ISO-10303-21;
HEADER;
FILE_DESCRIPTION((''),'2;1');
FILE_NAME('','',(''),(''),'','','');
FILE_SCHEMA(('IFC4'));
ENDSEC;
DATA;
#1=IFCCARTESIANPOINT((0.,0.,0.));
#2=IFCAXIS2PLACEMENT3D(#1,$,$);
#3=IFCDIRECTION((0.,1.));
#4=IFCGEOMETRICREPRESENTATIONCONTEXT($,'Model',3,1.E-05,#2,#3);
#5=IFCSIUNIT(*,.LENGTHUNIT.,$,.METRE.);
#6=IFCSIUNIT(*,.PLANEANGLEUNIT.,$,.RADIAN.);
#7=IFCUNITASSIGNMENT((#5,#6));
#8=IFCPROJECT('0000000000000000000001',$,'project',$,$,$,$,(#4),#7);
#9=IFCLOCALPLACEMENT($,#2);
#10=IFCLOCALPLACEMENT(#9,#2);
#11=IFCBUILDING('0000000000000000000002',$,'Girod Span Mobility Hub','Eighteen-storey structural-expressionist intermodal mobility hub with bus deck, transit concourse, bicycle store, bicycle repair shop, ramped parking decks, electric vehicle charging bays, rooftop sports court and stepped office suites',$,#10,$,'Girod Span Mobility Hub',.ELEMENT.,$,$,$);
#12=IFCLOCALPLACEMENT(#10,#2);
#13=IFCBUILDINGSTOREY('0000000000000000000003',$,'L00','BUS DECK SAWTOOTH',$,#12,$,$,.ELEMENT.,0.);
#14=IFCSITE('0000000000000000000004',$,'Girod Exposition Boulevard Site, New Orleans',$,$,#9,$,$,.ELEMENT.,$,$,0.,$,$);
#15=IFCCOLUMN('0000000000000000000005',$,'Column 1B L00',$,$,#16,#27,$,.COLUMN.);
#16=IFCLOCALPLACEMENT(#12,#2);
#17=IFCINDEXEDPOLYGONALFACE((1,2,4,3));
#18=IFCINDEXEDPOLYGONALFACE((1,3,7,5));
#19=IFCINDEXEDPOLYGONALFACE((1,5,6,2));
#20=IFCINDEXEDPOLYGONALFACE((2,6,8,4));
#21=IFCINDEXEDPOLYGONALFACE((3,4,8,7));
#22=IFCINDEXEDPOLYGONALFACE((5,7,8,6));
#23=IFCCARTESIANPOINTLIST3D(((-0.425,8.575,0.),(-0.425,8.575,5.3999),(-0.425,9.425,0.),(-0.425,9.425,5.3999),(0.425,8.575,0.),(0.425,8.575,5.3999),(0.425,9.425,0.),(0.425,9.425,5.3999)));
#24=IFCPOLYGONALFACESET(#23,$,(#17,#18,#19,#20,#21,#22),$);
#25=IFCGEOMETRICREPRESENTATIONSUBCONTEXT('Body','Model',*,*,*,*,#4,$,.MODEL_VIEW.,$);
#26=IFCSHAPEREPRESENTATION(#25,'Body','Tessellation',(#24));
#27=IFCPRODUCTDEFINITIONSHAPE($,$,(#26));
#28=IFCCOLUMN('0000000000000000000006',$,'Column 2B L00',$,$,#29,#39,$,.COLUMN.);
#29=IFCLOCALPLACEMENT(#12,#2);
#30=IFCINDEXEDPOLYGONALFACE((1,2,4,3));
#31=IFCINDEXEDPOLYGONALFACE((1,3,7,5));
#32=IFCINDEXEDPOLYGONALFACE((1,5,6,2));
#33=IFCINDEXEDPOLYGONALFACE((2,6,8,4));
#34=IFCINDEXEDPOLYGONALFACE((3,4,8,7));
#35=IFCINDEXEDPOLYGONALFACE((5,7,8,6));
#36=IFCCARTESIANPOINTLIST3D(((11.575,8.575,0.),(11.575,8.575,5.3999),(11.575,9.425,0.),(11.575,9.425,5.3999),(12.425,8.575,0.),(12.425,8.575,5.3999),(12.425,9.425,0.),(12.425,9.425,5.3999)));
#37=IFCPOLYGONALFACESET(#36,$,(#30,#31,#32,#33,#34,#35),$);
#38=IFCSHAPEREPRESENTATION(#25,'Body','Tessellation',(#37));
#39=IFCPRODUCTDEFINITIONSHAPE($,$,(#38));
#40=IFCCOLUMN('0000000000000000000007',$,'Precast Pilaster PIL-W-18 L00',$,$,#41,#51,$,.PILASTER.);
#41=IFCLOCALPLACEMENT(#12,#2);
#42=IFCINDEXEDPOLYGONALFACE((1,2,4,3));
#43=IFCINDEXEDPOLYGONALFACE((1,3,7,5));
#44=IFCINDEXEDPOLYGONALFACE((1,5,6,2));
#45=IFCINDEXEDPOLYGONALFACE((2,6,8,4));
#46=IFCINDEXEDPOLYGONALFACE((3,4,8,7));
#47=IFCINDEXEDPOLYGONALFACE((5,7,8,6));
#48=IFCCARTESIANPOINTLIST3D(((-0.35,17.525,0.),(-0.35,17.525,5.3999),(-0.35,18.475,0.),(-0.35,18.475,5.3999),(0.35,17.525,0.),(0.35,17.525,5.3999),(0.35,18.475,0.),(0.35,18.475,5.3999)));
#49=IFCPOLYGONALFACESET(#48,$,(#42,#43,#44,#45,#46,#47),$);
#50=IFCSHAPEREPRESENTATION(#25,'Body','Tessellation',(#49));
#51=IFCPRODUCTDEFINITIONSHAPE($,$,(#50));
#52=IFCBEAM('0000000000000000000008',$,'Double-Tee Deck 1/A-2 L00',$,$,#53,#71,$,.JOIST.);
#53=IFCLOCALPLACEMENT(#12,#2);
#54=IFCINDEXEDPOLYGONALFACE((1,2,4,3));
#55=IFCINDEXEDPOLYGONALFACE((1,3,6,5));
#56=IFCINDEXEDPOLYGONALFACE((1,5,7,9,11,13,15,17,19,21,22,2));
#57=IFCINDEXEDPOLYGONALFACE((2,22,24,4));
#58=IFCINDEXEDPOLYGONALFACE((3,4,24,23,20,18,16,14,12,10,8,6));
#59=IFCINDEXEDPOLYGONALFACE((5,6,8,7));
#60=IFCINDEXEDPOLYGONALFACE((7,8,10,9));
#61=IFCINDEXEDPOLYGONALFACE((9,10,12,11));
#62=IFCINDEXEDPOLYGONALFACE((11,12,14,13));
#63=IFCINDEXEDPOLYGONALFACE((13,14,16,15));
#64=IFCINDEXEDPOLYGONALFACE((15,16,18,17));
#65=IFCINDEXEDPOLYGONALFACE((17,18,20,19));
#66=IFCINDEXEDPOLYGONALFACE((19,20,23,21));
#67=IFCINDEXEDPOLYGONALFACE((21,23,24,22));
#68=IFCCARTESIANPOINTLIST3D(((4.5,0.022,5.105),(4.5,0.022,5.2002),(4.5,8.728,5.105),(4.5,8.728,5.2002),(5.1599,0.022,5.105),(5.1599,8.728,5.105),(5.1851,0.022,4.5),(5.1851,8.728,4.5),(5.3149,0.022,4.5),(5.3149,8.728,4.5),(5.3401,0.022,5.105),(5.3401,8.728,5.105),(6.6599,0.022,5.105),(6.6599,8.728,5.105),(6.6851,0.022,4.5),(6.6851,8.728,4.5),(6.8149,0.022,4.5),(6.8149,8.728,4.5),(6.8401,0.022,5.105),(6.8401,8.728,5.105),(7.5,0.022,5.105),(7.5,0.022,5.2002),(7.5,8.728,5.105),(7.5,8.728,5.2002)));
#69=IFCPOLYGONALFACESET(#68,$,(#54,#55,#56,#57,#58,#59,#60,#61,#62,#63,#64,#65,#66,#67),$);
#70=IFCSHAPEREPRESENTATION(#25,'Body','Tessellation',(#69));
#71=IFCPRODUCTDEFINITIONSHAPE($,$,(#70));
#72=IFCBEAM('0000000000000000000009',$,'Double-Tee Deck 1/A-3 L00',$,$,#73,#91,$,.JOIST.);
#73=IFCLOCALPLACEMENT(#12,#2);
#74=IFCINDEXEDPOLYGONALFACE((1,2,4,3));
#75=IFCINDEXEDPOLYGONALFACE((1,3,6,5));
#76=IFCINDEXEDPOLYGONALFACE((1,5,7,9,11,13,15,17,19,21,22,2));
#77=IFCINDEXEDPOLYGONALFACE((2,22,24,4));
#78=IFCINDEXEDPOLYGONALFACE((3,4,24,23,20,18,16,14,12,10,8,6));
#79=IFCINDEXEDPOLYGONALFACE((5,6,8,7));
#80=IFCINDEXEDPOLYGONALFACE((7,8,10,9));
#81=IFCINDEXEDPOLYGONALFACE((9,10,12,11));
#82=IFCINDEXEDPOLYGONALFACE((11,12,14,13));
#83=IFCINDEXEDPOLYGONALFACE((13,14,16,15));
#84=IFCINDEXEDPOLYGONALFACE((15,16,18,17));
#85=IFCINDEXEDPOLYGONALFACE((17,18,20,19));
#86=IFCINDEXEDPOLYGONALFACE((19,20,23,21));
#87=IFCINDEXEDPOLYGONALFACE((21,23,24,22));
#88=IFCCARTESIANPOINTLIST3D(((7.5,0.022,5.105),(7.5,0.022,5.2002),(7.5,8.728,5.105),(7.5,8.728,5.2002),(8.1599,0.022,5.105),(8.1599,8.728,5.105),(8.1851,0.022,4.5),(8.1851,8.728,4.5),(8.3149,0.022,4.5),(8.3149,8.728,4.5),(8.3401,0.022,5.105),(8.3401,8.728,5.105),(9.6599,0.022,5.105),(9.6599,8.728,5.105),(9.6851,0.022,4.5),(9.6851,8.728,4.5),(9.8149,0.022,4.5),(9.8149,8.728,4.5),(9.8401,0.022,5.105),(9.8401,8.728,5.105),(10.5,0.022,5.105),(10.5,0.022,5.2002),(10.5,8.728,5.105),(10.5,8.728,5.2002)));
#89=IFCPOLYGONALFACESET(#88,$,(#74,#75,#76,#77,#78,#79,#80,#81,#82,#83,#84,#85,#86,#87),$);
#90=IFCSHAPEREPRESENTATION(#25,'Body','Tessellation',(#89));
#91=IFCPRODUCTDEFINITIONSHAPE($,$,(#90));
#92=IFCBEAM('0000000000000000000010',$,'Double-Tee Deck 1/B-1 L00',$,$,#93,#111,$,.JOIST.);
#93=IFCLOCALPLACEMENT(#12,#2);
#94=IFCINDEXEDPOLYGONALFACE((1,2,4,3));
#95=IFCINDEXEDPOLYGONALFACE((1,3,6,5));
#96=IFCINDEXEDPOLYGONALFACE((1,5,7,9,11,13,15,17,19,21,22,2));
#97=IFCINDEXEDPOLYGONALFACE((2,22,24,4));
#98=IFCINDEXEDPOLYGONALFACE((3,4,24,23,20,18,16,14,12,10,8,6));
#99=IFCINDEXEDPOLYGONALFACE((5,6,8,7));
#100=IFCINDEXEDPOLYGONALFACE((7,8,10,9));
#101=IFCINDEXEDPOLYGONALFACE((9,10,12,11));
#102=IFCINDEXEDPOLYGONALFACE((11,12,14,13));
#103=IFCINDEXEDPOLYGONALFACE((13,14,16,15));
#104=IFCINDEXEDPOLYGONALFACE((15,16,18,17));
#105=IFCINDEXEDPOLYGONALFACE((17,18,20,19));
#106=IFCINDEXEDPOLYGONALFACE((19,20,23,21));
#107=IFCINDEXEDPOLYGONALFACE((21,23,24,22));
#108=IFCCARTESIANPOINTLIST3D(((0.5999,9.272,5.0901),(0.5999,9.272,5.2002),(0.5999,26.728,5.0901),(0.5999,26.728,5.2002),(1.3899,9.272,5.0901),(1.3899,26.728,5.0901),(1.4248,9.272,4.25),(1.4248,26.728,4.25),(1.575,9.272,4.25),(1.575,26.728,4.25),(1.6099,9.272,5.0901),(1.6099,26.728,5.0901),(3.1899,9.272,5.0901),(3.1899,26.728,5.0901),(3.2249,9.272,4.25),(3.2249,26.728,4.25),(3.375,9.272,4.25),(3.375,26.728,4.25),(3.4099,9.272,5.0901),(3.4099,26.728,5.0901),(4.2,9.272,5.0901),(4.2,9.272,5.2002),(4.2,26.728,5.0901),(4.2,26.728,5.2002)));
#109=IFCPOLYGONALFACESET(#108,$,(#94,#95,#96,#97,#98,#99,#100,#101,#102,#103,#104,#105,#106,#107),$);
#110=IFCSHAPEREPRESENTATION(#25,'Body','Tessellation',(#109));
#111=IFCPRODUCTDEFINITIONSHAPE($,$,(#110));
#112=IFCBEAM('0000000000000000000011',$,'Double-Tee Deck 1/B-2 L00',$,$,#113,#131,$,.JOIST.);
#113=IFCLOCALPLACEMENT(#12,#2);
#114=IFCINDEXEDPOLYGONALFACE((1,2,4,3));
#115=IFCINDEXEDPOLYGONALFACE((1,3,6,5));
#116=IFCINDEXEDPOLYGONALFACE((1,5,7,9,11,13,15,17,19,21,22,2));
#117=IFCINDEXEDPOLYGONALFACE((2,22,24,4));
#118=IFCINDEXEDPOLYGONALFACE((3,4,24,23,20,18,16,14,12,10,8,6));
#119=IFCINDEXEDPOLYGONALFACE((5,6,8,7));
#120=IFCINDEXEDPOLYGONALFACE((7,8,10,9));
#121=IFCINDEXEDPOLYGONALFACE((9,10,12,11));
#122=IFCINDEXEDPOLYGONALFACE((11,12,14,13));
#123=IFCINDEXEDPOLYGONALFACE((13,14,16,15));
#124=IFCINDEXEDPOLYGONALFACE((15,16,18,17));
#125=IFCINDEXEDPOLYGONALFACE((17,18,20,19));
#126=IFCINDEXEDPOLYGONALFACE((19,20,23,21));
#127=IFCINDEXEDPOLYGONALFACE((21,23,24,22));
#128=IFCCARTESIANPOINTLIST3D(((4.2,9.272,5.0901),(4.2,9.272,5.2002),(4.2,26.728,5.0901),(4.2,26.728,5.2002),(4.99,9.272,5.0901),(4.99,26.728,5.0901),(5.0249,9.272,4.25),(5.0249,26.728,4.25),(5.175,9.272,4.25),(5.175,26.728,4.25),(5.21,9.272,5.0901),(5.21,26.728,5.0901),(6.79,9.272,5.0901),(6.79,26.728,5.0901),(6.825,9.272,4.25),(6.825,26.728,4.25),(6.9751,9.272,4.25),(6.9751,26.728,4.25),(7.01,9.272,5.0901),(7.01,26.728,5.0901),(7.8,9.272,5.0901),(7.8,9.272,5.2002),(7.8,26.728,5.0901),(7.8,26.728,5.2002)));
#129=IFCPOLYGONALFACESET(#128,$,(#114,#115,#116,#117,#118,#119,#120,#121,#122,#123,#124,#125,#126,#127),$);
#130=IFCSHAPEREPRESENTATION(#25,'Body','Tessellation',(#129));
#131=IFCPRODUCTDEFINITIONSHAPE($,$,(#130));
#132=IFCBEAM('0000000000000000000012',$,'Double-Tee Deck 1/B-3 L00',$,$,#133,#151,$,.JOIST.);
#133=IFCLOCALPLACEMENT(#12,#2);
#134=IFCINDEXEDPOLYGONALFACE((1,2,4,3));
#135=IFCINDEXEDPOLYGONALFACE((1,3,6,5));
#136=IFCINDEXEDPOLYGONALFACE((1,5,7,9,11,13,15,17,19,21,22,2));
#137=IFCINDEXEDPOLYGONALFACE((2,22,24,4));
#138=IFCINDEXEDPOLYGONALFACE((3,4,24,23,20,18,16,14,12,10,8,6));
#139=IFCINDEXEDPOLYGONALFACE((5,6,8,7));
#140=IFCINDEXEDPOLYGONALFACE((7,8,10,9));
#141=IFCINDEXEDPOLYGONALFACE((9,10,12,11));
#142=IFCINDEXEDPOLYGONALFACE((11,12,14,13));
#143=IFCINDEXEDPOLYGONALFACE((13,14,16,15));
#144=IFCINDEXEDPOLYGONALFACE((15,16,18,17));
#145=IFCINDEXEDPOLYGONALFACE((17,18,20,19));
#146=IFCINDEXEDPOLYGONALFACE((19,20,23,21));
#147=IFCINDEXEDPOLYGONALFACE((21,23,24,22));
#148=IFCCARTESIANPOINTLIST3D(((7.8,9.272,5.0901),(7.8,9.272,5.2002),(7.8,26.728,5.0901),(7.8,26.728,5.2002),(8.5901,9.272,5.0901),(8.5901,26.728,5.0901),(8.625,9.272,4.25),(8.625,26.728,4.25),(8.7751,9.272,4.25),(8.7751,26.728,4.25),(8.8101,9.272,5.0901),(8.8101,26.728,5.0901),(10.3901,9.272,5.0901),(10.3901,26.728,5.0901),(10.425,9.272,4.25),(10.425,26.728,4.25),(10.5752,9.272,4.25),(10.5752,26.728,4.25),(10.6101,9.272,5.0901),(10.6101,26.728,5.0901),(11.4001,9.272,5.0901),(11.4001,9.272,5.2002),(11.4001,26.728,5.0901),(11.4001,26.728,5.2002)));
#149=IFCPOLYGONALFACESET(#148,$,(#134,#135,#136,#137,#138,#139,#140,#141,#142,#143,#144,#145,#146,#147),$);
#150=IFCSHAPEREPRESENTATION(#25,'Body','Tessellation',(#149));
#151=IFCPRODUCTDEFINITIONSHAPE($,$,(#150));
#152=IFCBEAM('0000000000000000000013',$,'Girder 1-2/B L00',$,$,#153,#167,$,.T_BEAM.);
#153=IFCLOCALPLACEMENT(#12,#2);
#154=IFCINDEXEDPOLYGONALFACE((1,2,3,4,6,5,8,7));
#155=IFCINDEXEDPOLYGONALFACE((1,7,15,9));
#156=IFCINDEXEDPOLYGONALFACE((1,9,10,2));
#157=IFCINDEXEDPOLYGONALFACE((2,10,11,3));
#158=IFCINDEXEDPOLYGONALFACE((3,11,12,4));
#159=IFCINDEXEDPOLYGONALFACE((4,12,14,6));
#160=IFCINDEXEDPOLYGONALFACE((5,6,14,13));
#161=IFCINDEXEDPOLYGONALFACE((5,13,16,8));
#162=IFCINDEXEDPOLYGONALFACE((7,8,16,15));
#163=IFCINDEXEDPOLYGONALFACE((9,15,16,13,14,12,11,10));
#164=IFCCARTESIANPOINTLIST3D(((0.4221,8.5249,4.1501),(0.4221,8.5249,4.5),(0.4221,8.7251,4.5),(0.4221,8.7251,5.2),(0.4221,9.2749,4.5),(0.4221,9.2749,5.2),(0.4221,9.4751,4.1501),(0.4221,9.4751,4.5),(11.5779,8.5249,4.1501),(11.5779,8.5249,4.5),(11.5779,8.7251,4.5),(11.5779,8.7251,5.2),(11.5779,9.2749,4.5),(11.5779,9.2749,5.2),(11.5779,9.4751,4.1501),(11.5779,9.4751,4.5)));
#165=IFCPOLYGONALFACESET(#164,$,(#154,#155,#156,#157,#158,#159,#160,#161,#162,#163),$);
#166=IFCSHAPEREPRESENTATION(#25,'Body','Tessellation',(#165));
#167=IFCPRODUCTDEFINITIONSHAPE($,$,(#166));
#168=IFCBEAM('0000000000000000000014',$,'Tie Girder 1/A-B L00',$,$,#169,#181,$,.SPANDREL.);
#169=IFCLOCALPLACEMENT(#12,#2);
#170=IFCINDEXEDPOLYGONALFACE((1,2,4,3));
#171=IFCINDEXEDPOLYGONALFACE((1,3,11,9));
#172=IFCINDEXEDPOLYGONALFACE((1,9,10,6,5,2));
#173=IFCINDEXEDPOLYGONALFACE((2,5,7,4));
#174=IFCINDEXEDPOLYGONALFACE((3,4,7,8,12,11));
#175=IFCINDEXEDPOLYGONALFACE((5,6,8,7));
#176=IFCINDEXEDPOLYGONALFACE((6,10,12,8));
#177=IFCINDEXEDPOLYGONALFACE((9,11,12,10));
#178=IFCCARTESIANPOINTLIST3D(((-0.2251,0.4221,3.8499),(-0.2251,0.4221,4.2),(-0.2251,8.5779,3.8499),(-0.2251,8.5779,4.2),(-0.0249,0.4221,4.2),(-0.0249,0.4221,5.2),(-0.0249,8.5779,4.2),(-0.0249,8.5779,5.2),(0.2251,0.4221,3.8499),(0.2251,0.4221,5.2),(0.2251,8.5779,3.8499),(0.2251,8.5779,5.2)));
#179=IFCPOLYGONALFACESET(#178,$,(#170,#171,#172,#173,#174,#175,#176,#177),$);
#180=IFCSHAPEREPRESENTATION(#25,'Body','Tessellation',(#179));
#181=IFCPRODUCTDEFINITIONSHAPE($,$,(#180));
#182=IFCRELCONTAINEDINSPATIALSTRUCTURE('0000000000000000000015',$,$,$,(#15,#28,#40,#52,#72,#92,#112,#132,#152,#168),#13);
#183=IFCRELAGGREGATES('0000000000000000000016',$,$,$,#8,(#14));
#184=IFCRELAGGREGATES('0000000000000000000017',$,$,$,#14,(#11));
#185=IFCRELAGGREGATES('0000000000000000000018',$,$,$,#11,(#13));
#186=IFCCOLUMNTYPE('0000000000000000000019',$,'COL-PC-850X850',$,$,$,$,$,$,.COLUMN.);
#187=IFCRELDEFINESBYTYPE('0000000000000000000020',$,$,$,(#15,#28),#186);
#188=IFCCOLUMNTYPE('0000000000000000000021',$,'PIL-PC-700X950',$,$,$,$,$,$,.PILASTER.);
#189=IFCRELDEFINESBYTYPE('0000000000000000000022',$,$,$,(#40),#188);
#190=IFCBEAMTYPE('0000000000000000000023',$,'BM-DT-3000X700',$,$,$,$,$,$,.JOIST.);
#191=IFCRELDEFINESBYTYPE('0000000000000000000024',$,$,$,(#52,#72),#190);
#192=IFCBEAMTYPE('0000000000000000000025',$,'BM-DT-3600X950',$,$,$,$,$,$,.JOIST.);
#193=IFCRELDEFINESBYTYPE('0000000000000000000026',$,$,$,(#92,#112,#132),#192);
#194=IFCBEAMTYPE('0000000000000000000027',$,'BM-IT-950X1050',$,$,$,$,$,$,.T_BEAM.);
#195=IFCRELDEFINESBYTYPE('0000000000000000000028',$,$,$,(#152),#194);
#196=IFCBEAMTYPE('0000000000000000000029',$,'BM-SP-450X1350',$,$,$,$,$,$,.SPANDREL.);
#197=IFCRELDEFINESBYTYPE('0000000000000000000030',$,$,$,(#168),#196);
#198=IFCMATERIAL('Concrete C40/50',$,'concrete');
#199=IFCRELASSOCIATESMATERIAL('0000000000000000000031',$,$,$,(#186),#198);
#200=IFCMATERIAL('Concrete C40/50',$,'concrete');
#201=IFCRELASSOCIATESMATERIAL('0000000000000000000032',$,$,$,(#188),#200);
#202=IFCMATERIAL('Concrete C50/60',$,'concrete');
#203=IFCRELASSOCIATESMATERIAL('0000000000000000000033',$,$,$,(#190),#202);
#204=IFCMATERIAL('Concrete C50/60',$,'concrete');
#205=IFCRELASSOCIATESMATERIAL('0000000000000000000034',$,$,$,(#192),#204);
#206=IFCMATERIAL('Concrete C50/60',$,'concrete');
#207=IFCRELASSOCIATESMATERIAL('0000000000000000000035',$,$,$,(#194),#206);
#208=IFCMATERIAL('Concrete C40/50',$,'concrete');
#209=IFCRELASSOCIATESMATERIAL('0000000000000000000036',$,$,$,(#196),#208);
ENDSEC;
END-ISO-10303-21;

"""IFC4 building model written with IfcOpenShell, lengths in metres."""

from ifc_helpers import new_model, si_unit, direction, frame, origin, origin_2d, place, context, subcontext, project, spatial, polyline, rectangle, outline, extrude, material, material_profile, profile_set, type_object, element, save


model = new_model("IFC4")

# Units and contexts
model_context = context("Model", 3, precision=1e-05, world=origin(), true_north=direction((0.0, 1.0)))
body_context = subcontext(model_context, "Body", "Model", "MODEL_VIEW")
ifc_project = project(units=[si_unit("LENGTHUNIT", "METRE"), si_unit("PLANEANGLEUNIT", "RADIAN")], contexts=[model_context])

# Site, building, storey
site_placement = place(None, origin())
site = spatial("IfcSite", under=ifc_project, at=site_placement, Name="Girod Exposition Boulevard Site, New Orleans", CompositionType="ELEMENT", RefElevation=0.0)
building_placement = place(site_placement, origin())
building = spatial("IfcBuilding", under=site, at=building_placement, Name="Girod Span Mobility Hub", Description="Eighteen-storey structural-expressionist intermodal mobility hub with bus deck, transit concourse, bicycle store, bicycle repair shop, ramped parking decks, electric vehicle charging bays, rooftop sports court and stepped office suites", LongName="Girod Span Mobility Hub", CompositionType="ELEMENT")
storey_placement = place(building_placement, origin())
storey = spatial("IfcBuildingStorey", under=building, at=storey_placement, Name="L00", Description="BUS DECK SAWTOOTH", CompositionType="ELEMENT", Elevation=0.0)

# Columns
ifc_material_1 = material(Name="Concrete C40/50", Category="concrete")
ifc_material_profile_1 = material_profile(ifc_material_1, rectangle(XDim=0.8501, YDim=0.8501, at=origin_2d()), Name="PC-COL-850X850")
ifc_profile_set_1 = profile_set([ifc_material_profile_1], Name="Concrete C40/50")
column_type_1 = type_object("IfcColumnType", Name="COL-PC-850X850", PredefinedType="COLUMN", material=ifc_profile_set_1)
for number, where, z_axis, x_axis, name in (
    (1, (0.0, 9.0, 0.0), (0.0, 0.0, 1.0), (1.0, 0.0, 0.0), "Column 1B L00"),
    (2, (12.0, 9.0, 0.0), (0.0, 0.0, 1.0), (1.0, 0.0, 0.0), "Column 2B L00"),
):
    element("IfcColumn", number, at=place(storey_placement, frame(where, z_axis=z_axis, x_axis=x_axis)), inside=storey, type_object=column_type_1, Name=name, PredefinedType="COLUMN", context=body_context, shape_type="SweptSolid", body=[
        extrude(rectangle(XDim=0.8501, YDim=0.8501, at=origin_2d()), origin(), (0.0, 0.0, 1.0), 5.3999),
    ])
ifc_material_2 = material(Name="Concrete C40/50", Category="concrete")
ifc_material_profile_2 = material_profile(ifc_material_2, rectangle(XDim=0.7, YDim=0.95, at=origin_2d()), Name="PC-PIL-700X950")
ifc_profile_set_2 = profile_set([ifc_material_profile_2], Name="Concrete C40/50")
column_type_2 = type_object("IfcColumnType", Name="PIL-PC-700X950", PredefinedType="PILASTER", material=ifc_profile_set_2)
column_placement = place(storey_placement, frame((0.0, 18.0, 0.0), z_axis=(0.0, 0.0, 1.0), x_axis=(1.0, 0.0, 0.0)))
element("IfcColumn", 3, at=column_placement, inside=storey, type_object=column_type_2, Name="Precast Pilaster PIL-W-18 L00", PredefinedType="PILASTER", context=body_context, shape_type="SweptSolid", body=[
    extrude(rectangle(XDim=0.7, YDim=0.95, at=origin_2d()), origin(), (0.0, 0.0, 1.0), 5.3999),
])

# Beams
ifc_material_3 = material(Name="Concrete C50/60", Category="concrete")
ifc_material_profile_3 = material_profile(ifc_material_3, outline(polyline([(-1.5, 0.3501), (-1.5, 0.2549), (-0.8401, 0.2549), (-0.8149, -0.3501), (-0.6851, -0.3501), (-0.6599, 0.2549), (0.6599, 0.2549), (0.6851, -0.3501), (0.8149, -0.3501), (0.8401, 0.2549), (1.5, 0.2549), (1.5, 0.3501), (-1.5, 0.3501)])), Name="DT-3000X700")
ifc_profile_set_3 = profile_set([ifc_material_profile_3], Name="Concrete C50/60")
beam_type_1 = type_object("IfcBeamType", Name="BM-DT-3000X700", PredefinedType="JOIST", material=ifc_profile_set_3)
for number, where, z_axis, x_axis, name in (
    (4, (6.0, 0.022, 4.8501), (0.0, 1.0, 0.0), (-1.0, 0.0, 0.0), "Double-Tee Deck 1/A-2 L00"),
    (5, (9.0, 0.022, 4.8501), (0.0, 1.0, 0.0), (-1.0, 0.0, 0.0), "Double-Tee Deck 1/A-3 L00"),
):
    element("IfcBeam", number, at=place(storey_placement, frame(where, z_axis=z_axis, x_axis=x_axis)), inside=storey, type_object=beam_type_1, Name=name, PredefinedType="JOIST", context=body_context, shape_type="SweptSolid", body=[
        extrude(outline(polyline([(-1.5, 0.3501), (-1.5, 0.2549), (-0.8401, 0.2549), (-0.8149, -0.3501), (-0.6851, -0.3501), (-0.6599, 0.2549), (0.6599, 0.2549), (0.6851, -0.3501), (0.8149, -0.3501), (0.8401, 0.2549), (1.5, 0.2549), (1.5, 0.3501), (-1.5, 0.3501)])), origin(), (0.0, 0.0, 1.0), 8.7061),
    ])
ifc_material_4 = material(Name="Concrete C50/60", Category="concrete")
ifc_material_profile_4 = material_profile(ifc_material_4, outline(polyline([(-1.8, 0.4751), (-1.8, 0.365), (-1.01, 0.365), (-0.9751, -0.4751), (-0.825, -0.4751), (-0.79, 0.365), (0.79, 0.365), (0.825, -0.4751), (0.9751, -0.4751), (1.01, 0.365), (1.8, 0.365), (1.8, 0.4751), (-1.8, 0.4751)])), Name="DT-3600X950")
ifc_profile_set_4 = profile_set([ifc_material_profile_4], Name="Concrete C50/60")
beam_type_2 = type_object("IfcBeamType", Name="BM-DT-3600X950", PredefinedType="JOIST", material=ifc_profile_set_4)
for number, where, z_axis, x_axis, name in (
    (6, (2.3999, 9.272, 4.7251), (0.0, 1.0, 0.0), (-1.0, 0.0, 0.0), "Double-Tee Deck 1/B-1 L00"),
    (7, (6.0, 9.272, 4.7251), (0.0, 1.0, 0.0), (-1.0, 0.0, 0.0), "Double-Tee Deck 1/B-2 L00"),
    (8, (9.6001, 9.272, 4.7251), (0.0, 1.0, 0.0), (-1.0, 0.0, 0.0), "Double-Tee Deck 1/B-3 L00"),
):
    element("IfcBeam", number, at=place(storey_placement, frame(where, z_axis=z_axis, x_axis=x_axis)), inside=storey, type_object=beam_type_2, Name=name, PredefinedType="JOIST", context=body_context, shape_type="SweptSolid", body=[
        extrude(outline(polyline([(-1.8, 0.4751), (-1.8, 0.365), (-1.01, 0.365), (-0.9751, -0.4751), (-0.825, -0.4751), (-0.79, 0.365), (0.79, 0.365), (0.825, -0.4751), (0.9751, -0.4751), (1.01, 0.365), (1.8, 0.365), (1.8, 0.4751), (-1.8, 0.4751)])), origin(), (0.0, 0.0, 1.0), 17.4561),
    ])
ifc_material_5 = material(Name="Concrete C50/60", Category="concrete")
ifc_material_profile_5 = material_profile(ifc_material_5, outline(polyline([(-0.4751, -0.5249), (0.4751, -0.5249), (0.4751, -0.175), (0.2749, -0.175), (0.2749, 0.5249), (-0.2749, 0.5249), (-0.2749, -0.175), (-0.4751, -0.175), (-0.4751, -0.5249)])), Name="IT-950X1050")
ifc_profile_set_5 = profile_set([ifc_material_profile_5], Name="Concrete C50/60")
beam_type_3 = type_object("IfcBeamType", Name="BM-IT-950X1050", PredefinedType="T_BEAM", material=ifc_profile_set_5)
beam_1_placement = place(storey_placement, frame((0.4221, 9.0, 4.675), z_axis=(1.0, 0.0, 0.0), x_axis=(0.0, 1.0, 0.0)))
element("IfcBeam", 9, at=beam_1_placement, inside=storey, type_object=beam_type_3, Name="Girder 1-2/B L00", PredefinedType="T_BEAM", context=body_context, shape_type="SweptSolid", body=[
    extrude(outline(polyline([(-0.4751, -0.5249), (0.4751, -0.5249), (0.4751, -0.175), (0.2749, -0.175), (0.2749, 0.5249), (-0.2749, 0.5249), (-0.2749, -0.175), (-0.4751, -0.175), (-0.4751, -0.5249)])), origin(), (0.0, 0.0, 1.0), 11.1558),
])
ifc_material_6 = material(Name="Concrete C40/50", Category="concrete")
ifc_material_profile_6 = material_profile(ifc_material_6, outline(polyline([(-0.2251, -0.675), (0.2251, -0.675), (0.2251, -0.325), (0.0249, -0.325), (0.0249, 0.675), (-0.2251, 0.675), (-0.2251, -0.675)])), Name="SP-450X1350")
ifc_profile_set_6 = profile_set([ifc_material_profile_6], Name="Concrete C40/50")
beam_type_4 = type_object("IfcBeamType", Name="BM-SP-450X1350", PredefinedType="SPANDREL", material=ifc_profile_set_6)
beam_2_placement = place(storey_placement, frame((0.0, 0.4221, 4.5249), z_axis=(0.0, 1.0, 0.0), x_axis=(-1.0, 0.0, 0.0)))
element("IfcBeam", 10, at=beam_2_placement, inside=storey, type_object=beam_type_4, Name="Tie Girder 1/A-B L00", PredefinedType="SPANDREL", context=body_context, shape_type="SweptSolid", body=[
    extrude(outline(polyline([(-0.2251, -0.675), (0.2251, -0.675), (0.2251, -0.325), (0.0249, -0.325), (0.0249, 0.675), (-0.2251, 0.675), (-0.2251, -0.675)])), origin(), (0.0, 0.0, 1.0), 8.1558),
])

save(model, "model.ifc")
